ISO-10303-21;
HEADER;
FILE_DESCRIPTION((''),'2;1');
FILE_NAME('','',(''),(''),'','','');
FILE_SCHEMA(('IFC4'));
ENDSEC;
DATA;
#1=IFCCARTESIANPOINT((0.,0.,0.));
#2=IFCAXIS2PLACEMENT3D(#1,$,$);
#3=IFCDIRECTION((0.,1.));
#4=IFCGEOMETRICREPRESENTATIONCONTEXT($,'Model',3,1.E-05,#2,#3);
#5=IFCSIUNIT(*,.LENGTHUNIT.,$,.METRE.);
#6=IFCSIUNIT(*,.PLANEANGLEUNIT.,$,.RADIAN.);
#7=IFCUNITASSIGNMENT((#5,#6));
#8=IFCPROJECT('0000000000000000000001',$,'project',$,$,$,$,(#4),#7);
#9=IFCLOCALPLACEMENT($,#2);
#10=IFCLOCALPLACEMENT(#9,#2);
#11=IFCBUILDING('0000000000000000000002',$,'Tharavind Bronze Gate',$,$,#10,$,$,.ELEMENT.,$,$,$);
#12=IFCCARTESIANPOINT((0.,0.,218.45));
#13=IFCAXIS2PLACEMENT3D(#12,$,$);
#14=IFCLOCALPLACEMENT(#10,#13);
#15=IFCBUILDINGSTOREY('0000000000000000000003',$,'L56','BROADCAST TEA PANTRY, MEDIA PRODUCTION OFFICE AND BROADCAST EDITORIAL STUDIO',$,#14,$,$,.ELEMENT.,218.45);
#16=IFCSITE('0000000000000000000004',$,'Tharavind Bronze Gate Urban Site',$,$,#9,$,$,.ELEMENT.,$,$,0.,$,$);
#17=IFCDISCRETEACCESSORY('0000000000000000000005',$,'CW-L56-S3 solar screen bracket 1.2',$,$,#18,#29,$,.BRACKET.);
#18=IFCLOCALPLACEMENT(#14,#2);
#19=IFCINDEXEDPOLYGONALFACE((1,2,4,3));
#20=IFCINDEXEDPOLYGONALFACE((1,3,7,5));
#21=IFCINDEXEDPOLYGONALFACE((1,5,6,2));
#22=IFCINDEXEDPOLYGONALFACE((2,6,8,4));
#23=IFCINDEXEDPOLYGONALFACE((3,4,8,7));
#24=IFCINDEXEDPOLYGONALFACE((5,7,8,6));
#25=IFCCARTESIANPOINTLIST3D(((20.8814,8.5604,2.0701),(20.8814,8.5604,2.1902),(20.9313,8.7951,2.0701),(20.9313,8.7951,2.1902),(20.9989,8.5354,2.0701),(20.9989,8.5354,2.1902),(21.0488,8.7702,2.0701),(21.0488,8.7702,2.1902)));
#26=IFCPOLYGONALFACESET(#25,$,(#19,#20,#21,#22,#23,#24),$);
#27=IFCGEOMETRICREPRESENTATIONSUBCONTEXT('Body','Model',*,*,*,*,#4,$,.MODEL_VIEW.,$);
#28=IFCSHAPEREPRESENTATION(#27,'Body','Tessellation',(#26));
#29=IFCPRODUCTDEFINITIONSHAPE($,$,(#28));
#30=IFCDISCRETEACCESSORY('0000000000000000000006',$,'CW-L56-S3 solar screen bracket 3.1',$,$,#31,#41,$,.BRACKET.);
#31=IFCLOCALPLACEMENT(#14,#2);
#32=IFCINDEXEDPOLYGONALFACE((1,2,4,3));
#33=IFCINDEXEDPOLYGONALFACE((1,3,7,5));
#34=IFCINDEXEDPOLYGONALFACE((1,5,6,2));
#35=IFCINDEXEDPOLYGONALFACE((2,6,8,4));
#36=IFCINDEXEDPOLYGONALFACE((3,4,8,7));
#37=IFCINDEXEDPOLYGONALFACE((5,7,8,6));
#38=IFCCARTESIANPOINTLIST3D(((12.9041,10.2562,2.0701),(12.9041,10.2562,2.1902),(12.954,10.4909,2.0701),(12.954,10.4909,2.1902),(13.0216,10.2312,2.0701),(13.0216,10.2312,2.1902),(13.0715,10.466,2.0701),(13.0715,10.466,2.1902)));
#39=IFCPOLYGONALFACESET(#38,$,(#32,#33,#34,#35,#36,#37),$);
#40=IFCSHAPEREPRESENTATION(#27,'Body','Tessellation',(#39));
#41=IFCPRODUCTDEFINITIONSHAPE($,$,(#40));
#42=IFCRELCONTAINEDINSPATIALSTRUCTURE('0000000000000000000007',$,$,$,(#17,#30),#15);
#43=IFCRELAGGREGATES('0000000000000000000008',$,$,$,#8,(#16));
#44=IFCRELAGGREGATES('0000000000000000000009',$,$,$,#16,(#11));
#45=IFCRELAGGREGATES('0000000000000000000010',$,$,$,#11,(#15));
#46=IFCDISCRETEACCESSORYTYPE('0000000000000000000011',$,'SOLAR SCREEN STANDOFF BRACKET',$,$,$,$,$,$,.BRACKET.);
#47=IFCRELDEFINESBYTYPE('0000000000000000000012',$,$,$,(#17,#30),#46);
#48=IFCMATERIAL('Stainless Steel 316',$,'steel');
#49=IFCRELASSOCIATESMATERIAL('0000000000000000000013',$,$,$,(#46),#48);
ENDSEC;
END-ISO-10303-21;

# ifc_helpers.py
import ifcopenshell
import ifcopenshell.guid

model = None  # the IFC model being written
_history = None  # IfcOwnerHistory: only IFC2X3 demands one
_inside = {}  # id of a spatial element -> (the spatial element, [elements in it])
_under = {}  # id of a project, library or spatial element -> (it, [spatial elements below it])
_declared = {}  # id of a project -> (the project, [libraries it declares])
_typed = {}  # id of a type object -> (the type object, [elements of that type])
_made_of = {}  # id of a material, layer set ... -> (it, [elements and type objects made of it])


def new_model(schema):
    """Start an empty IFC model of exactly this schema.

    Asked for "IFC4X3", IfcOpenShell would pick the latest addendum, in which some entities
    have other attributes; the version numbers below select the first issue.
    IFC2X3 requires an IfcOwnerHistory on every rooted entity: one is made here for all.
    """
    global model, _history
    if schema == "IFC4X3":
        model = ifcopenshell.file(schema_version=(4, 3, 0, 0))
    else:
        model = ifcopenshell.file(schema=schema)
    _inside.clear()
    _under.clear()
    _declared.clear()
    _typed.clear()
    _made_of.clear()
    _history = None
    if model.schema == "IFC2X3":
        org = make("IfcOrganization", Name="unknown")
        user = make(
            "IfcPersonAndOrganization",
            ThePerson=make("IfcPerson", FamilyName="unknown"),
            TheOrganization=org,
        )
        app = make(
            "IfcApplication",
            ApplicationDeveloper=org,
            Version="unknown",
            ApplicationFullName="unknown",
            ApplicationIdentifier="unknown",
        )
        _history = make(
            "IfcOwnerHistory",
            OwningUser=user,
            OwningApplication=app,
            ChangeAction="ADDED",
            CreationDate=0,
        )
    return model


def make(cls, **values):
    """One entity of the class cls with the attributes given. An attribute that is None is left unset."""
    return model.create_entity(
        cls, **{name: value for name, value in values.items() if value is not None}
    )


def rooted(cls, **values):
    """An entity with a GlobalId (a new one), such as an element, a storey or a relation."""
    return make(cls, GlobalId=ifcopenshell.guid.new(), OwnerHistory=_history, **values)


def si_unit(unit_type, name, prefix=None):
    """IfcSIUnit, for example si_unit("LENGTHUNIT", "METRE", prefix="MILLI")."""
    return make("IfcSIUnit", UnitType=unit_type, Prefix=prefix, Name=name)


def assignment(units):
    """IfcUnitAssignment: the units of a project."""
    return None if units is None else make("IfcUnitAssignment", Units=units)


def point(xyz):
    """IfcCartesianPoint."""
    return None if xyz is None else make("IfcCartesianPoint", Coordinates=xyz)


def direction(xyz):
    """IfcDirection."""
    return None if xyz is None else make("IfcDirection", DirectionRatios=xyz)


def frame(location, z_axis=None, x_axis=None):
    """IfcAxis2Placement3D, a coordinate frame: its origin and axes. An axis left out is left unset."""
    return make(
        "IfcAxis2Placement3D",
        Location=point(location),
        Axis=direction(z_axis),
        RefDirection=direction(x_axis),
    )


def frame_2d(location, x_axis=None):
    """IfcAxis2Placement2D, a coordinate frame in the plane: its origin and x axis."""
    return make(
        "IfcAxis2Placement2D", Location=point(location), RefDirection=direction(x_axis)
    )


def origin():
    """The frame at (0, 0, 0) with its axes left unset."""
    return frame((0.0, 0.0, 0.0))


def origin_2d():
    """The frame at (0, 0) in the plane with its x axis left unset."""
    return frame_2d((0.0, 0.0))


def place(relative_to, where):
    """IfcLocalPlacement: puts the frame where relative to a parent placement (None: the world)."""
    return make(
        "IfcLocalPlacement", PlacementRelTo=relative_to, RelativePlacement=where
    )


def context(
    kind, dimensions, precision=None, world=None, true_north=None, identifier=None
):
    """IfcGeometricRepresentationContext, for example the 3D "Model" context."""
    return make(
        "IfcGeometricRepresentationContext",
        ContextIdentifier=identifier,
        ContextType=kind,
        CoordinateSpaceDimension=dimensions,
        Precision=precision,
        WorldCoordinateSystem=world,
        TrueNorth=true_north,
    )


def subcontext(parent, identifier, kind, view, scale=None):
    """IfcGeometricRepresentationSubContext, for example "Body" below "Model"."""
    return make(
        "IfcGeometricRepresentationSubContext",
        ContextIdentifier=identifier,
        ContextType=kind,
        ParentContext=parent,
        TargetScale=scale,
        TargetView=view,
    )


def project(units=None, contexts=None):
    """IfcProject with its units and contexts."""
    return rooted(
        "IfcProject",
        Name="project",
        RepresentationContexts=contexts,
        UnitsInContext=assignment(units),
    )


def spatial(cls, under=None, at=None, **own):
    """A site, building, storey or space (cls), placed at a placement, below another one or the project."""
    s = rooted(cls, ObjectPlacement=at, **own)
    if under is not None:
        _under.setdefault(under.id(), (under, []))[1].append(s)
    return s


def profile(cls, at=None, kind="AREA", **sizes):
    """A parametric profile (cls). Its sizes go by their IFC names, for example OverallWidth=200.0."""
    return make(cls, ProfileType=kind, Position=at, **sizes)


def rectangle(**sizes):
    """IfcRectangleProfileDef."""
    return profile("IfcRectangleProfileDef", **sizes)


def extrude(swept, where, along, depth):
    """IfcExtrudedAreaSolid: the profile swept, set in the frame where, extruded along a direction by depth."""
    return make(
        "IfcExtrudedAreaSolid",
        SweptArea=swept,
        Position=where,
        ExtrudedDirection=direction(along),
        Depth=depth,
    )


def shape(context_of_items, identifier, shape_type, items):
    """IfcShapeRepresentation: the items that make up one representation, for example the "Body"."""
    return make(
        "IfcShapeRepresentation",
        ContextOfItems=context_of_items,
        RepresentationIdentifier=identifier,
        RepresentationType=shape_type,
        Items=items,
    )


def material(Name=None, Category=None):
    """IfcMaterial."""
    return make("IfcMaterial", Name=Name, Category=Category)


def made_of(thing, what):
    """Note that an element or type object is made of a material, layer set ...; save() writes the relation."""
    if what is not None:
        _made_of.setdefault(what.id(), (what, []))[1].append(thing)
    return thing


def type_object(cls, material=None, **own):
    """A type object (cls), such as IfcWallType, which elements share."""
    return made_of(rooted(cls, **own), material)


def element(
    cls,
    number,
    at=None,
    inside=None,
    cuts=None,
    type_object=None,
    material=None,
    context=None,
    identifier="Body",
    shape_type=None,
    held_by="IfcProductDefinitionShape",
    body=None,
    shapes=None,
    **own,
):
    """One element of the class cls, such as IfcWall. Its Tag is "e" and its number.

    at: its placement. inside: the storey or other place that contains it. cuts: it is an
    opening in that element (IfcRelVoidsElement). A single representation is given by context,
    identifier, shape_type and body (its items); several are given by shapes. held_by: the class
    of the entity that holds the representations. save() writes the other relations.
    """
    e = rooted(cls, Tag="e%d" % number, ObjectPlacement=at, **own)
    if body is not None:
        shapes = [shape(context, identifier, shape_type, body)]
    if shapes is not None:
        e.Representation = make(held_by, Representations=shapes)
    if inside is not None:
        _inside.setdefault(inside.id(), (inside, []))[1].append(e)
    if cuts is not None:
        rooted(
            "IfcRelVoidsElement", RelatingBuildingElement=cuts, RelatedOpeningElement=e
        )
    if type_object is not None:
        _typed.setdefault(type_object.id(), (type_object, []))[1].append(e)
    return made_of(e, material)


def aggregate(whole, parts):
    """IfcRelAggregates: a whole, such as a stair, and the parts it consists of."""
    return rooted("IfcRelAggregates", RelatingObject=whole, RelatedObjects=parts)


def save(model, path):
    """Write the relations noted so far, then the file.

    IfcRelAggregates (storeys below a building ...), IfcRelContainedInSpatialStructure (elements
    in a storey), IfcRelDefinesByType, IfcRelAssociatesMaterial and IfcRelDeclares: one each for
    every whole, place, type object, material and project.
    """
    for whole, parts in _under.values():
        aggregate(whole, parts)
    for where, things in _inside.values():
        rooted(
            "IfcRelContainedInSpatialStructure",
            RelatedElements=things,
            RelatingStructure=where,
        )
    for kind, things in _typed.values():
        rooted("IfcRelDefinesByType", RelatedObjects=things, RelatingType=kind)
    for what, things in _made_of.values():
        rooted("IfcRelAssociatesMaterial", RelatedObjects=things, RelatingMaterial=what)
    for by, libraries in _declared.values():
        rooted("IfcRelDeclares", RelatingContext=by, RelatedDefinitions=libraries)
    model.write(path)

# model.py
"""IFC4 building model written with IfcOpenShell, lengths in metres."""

from ifc_helpers import new_model, si_unit, direction, frame, origin, origin_2d, place, context, subcontext, project, spatial, rectangle, extrude, material, type_object, element, save


model = new_model("IFC4")

# Units and contexts
model_context = context("Model", 3, precision=1e-05, world=origin(), true_north=direction((0.0, 1.0)))
body_context = subcontext(model_context, "Body", "Model", "MODEL_VIEW")
ifc_project = project(units=[si_unit("LENGTHUNIT", "METRE"), si_unit("PLANEANGLEUNIT", "RADIAN")], contexts=[model_context])

# Site, building, storey
site_placement = place(None, origin())
site = spatial("IfcSite", under=ifc_project, at=site_placement, Name="Tharavind Bronze Gate Urban Site", CompositionType="ELEMENT", RefElevation=0.0)
building_placement = place(site_placement, origin())
building = spatial("IfcBuilding", under=site, at=building_placement, Name="Tharavind Bronze Gate", CompositionType="ELEMENT")
storey_placement = place(building_placement, frame((0.0, 0.0, 218.45)))
storey = spatial("IfcBuildingStorey", under=building, at=storey_placement, Name="L56", Description="BROADCAST TEA PANTRY, MEDIA PRODUCTION OFFICE AND BROADCAST EDITORIAL STUDIO", CompositionType="ELEMENT", Elevation=218.45)

# Discrete accessories
ifc_material_1 = material(Name="Stainless Steel 316", Category="steel")
discrete_accessory_type = type_object("IfcDiscreteAccessoryType", Name="SOLAR SCREEN STANDOFF BRACKET", PredefinedType="BRACKET", material=ifc_material_1)
for number, where, z_axis, x_axis, name in (
    (1, (20.9651, 8.6653, 2.0701), (0.0, 0.0, 1.0), (-0.978148, 0.207912, 0.0), "CW-L56-S3 solar screen bracket 1.2"),
    (2, (12.9878, 10.3611, 2.0701), (0.0, 0.0, 1.0), (-0.978148, 0.207912, 0.0), "CW-L56-S3 solar screen bracket 3.1"),
):
    element("IfcDiscreteAccessory", number, at=place(storey_placement, frame(where, z_axis=z_axis, x_axis=x_axis)), inside=storey, type_object=discrete_accessory_type, Name=name, PredefinedType="BRACKET", context=body_context, shape_type="SweptSolid", body=[
        extrude(rectangle(XDim=0.1201, YDim=0.24, at=origin_2d()), origin(), (0.0, 0.0, 1.0), 0.1201),
    ])

save(model, "model.ifc")
